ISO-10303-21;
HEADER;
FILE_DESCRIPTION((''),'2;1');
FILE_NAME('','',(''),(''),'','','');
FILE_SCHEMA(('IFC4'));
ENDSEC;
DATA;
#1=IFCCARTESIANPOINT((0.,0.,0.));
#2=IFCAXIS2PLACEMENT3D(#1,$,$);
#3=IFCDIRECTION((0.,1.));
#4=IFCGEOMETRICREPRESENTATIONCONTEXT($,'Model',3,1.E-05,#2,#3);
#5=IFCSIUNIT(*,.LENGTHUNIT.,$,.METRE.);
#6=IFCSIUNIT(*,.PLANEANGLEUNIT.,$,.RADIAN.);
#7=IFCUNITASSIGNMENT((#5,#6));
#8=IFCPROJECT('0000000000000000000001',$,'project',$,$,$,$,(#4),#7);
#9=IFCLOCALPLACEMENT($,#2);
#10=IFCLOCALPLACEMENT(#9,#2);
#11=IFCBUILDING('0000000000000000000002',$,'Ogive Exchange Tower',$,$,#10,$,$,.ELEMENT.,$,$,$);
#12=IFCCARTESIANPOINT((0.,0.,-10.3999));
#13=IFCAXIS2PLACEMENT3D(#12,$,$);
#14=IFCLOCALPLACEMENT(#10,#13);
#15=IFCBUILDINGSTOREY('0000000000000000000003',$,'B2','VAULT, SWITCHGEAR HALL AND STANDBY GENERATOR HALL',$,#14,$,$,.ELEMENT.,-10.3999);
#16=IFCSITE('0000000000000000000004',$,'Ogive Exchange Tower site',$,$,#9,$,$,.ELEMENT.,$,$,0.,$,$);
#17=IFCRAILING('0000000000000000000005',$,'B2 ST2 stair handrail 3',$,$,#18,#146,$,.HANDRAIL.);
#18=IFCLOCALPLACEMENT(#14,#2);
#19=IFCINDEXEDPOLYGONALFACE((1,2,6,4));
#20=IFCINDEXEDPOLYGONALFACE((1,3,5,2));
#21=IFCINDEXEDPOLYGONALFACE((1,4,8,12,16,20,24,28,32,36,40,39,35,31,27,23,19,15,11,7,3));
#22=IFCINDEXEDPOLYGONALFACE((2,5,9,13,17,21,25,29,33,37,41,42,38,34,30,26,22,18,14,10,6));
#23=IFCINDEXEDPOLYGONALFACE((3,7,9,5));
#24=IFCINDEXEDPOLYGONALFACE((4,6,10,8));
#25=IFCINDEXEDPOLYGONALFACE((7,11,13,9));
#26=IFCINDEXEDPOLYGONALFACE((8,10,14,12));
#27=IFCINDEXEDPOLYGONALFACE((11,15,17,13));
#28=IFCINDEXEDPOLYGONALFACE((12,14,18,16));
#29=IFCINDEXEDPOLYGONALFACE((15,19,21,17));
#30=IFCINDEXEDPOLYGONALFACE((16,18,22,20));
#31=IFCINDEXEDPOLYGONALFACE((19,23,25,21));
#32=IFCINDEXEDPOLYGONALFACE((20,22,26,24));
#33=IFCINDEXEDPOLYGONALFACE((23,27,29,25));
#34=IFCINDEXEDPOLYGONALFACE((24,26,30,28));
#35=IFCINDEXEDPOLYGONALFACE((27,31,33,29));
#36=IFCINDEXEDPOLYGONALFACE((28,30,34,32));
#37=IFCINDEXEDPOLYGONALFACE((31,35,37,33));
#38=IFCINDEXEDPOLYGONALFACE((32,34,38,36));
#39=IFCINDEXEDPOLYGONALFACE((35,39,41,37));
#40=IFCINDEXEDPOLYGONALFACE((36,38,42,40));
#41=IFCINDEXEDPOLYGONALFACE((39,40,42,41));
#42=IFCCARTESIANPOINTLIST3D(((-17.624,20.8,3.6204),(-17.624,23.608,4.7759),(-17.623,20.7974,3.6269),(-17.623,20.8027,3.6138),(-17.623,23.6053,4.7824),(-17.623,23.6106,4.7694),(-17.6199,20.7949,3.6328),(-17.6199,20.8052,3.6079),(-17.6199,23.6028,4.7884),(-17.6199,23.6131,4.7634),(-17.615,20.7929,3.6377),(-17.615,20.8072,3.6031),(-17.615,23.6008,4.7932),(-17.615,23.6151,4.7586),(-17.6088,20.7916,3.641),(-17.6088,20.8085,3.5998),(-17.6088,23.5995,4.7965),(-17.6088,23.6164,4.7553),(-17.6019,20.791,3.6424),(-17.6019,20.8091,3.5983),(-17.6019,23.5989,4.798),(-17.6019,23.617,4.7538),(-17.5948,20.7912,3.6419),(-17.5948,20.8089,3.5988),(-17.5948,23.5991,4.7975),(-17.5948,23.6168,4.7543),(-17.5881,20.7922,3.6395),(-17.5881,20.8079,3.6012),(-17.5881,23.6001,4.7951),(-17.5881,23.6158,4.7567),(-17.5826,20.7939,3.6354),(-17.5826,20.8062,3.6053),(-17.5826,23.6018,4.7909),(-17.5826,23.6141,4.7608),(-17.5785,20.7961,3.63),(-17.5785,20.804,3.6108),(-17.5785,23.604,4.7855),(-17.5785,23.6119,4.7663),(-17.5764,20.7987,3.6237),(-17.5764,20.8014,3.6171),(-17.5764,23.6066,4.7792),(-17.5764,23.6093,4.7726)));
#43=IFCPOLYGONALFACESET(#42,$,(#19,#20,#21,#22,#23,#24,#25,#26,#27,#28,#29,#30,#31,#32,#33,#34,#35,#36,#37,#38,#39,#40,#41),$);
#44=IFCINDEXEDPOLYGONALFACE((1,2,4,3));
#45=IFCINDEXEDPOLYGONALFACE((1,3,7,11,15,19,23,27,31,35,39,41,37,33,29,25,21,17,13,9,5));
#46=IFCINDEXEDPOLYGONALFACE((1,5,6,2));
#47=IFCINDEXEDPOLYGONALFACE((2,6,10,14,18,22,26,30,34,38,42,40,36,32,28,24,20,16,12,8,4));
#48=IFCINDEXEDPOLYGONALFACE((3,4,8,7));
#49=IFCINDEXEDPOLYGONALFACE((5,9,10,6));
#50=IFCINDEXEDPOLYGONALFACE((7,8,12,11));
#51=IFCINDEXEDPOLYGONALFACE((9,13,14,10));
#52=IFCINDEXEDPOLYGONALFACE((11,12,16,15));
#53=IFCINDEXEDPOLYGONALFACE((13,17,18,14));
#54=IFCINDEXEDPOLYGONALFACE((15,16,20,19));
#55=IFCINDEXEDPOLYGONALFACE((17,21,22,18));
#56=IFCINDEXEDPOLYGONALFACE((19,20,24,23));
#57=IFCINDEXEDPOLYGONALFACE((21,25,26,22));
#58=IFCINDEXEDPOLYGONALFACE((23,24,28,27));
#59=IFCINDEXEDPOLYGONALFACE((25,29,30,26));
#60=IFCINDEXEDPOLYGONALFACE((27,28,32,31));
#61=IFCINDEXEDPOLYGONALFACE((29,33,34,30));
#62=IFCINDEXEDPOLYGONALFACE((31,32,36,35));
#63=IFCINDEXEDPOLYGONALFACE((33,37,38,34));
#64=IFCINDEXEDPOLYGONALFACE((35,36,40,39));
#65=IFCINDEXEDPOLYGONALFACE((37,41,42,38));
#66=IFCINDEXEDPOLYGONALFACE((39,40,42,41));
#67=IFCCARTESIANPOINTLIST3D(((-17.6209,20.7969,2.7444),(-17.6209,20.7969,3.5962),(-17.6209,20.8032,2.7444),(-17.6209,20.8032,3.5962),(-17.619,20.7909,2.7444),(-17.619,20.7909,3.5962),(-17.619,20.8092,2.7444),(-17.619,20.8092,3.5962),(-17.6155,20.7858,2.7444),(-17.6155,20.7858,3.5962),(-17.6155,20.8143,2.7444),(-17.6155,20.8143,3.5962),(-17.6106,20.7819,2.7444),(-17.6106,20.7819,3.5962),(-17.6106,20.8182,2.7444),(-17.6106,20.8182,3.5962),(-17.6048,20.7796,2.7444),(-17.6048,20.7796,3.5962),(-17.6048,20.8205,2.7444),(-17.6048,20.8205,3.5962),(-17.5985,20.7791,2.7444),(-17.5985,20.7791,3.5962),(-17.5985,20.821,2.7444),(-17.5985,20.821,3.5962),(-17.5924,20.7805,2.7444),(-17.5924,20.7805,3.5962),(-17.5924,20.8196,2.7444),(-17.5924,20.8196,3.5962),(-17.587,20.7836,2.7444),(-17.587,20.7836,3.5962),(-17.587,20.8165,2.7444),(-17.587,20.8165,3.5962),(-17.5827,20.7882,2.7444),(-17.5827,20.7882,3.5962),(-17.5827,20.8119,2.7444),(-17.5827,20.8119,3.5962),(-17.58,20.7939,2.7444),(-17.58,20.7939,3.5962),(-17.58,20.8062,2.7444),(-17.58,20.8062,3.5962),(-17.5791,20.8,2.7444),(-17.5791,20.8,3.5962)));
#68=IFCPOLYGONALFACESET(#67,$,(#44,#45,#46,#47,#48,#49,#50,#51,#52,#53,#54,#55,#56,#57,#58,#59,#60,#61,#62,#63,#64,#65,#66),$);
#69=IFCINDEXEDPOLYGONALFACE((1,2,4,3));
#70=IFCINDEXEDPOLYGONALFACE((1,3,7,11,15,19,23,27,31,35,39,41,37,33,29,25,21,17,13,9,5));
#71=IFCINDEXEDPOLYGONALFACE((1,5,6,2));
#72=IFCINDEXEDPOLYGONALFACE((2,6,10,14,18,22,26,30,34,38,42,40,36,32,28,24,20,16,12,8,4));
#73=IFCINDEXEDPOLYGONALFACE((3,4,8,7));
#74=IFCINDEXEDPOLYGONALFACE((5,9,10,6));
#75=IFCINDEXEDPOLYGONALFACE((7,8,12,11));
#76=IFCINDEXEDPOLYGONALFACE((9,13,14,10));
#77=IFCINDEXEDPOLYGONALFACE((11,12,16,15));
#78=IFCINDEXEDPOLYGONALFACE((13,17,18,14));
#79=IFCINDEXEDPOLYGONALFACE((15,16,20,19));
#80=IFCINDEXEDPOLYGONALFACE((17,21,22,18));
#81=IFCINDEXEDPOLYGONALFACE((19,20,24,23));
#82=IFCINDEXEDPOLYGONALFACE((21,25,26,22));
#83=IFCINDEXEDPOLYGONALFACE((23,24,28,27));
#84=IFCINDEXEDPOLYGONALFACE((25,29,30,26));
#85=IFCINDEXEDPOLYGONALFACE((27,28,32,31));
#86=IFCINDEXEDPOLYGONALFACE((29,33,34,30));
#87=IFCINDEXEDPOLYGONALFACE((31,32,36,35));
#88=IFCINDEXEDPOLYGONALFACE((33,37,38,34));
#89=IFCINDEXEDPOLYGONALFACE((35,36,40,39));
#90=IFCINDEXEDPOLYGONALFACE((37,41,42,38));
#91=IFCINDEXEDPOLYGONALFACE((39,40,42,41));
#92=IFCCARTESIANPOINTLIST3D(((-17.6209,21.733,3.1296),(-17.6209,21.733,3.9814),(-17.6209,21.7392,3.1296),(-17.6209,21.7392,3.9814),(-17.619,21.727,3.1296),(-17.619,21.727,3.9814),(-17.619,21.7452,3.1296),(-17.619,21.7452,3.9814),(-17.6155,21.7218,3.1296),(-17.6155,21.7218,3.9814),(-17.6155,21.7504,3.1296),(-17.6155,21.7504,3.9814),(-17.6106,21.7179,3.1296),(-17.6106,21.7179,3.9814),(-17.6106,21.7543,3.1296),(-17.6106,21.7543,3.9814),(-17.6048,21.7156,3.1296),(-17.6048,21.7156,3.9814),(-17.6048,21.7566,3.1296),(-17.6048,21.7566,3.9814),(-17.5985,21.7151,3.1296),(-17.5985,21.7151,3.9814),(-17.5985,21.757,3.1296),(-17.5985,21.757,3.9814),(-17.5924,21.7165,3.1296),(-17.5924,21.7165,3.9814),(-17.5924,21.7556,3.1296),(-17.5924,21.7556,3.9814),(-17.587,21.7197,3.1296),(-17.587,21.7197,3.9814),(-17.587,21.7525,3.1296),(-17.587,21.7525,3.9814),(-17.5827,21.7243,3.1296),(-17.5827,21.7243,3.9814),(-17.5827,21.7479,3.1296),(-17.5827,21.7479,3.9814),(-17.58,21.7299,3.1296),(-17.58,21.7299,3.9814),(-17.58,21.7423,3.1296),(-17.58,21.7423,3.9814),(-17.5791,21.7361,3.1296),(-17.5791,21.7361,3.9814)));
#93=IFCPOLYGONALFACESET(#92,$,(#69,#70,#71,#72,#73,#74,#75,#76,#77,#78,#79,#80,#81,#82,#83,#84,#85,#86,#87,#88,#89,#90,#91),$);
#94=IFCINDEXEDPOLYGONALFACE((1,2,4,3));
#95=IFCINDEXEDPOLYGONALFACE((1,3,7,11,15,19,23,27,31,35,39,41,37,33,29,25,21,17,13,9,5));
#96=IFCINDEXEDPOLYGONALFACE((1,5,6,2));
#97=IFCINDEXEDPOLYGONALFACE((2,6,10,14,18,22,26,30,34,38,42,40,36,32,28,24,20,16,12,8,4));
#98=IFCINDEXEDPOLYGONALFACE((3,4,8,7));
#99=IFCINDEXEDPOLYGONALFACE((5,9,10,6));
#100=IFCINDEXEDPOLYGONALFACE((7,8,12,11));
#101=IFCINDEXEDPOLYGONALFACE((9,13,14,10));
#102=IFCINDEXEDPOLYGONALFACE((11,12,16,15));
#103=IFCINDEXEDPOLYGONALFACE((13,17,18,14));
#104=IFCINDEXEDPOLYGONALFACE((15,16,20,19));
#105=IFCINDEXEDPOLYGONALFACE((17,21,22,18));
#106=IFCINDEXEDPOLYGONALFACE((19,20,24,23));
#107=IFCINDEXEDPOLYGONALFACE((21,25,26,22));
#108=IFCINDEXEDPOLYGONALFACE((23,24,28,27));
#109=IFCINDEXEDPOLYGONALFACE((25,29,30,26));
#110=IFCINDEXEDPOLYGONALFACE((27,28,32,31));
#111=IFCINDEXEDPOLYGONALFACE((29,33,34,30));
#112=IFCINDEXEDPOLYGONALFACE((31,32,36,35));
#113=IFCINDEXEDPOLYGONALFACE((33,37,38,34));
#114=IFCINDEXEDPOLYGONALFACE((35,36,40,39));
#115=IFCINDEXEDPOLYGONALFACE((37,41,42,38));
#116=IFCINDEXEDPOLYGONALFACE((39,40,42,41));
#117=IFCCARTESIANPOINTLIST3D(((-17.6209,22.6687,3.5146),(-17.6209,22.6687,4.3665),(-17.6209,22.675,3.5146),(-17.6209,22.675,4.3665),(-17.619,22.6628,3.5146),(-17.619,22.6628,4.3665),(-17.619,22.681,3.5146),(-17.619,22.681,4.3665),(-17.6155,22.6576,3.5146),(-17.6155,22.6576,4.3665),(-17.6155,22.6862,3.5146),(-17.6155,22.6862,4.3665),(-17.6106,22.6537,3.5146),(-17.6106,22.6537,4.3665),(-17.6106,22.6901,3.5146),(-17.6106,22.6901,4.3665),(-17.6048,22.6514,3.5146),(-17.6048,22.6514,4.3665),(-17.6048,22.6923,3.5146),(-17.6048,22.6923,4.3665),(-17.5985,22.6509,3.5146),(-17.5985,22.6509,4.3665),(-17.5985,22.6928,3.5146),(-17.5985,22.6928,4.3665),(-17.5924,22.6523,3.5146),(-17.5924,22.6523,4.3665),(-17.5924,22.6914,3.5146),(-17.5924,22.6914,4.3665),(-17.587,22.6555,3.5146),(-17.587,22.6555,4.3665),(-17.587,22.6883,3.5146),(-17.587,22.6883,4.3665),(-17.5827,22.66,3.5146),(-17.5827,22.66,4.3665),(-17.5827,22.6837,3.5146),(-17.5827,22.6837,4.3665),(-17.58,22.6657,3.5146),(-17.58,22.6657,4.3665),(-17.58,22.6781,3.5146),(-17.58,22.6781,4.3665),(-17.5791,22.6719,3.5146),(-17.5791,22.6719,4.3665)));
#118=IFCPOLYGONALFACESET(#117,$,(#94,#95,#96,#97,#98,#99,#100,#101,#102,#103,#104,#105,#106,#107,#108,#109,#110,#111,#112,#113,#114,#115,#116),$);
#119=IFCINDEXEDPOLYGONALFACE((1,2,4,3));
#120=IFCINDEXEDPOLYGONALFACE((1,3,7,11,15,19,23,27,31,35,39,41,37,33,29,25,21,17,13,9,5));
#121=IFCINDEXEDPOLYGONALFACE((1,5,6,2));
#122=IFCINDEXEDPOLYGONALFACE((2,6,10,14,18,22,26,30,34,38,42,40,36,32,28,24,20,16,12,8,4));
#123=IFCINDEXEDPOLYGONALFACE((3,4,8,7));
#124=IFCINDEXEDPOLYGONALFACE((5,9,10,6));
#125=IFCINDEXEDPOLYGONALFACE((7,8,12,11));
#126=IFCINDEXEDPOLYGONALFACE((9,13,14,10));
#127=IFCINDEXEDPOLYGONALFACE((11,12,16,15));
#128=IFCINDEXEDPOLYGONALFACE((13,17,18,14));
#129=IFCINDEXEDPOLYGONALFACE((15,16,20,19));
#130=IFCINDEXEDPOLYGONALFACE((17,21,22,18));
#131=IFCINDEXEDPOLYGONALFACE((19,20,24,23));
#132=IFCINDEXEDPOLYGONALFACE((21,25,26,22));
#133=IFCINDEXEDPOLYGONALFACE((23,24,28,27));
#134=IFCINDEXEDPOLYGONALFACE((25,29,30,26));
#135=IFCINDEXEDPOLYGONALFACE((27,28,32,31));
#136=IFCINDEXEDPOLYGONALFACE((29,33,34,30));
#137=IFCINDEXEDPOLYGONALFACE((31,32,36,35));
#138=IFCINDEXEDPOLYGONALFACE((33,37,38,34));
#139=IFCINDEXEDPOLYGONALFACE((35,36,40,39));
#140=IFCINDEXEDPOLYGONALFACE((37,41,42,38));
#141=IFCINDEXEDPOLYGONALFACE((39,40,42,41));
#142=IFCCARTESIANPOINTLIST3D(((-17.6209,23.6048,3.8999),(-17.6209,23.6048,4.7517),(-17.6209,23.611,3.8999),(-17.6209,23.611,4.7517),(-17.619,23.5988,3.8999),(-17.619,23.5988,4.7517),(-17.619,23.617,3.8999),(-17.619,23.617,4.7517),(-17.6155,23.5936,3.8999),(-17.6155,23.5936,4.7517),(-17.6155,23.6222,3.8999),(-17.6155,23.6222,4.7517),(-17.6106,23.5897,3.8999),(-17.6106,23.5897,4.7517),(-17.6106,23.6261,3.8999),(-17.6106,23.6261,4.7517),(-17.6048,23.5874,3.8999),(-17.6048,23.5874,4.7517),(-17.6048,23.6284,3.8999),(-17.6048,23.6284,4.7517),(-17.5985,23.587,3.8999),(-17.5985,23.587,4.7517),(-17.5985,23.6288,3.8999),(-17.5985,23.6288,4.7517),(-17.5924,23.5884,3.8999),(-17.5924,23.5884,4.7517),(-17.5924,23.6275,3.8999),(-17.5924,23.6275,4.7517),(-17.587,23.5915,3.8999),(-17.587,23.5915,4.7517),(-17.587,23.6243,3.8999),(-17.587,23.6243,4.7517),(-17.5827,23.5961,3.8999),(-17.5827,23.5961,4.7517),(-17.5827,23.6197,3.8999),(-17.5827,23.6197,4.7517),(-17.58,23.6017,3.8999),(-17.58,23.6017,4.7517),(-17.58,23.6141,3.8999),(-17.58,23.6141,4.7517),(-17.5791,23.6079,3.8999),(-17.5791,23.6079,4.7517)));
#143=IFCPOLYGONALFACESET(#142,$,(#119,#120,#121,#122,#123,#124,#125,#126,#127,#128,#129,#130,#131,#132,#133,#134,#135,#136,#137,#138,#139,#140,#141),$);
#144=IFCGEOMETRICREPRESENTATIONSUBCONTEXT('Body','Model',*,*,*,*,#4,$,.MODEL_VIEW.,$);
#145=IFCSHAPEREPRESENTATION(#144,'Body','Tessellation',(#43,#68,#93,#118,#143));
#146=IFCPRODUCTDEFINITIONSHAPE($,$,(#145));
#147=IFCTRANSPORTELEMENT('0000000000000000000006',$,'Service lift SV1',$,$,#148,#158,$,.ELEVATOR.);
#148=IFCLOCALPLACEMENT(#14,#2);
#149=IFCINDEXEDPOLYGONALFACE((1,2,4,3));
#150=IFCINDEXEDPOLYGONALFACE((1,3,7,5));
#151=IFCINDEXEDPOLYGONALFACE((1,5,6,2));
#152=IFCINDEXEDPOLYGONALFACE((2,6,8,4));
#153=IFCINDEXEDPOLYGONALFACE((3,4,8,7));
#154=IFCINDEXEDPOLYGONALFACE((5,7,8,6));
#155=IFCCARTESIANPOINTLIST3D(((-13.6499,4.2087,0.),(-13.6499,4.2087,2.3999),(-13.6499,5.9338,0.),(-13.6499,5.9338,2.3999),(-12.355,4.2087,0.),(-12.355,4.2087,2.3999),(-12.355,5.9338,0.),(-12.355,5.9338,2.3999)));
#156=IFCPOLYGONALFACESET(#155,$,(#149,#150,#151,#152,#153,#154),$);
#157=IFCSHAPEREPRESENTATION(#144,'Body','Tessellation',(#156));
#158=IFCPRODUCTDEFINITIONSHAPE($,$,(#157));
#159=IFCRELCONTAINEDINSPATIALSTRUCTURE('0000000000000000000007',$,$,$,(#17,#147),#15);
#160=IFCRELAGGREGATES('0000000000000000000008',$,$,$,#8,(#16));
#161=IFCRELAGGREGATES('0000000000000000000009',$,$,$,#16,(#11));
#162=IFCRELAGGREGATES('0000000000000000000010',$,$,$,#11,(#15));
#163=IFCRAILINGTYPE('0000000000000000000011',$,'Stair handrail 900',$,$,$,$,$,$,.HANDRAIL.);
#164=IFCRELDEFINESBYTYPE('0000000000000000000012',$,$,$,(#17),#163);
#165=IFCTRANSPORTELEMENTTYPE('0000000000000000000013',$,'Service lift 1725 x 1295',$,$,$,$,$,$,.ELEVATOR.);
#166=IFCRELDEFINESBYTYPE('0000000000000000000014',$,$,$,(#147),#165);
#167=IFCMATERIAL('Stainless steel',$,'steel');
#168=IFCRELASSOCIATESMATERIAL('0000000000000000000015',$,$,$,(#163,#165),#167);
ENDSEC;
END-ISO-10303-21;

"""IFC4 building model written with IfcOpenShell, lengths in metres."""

from ifc_helpers import new_model, si_unit, direction, frame, origin, origin_2d, place, context, subcontext, project, spatial, rectangle, circle, extrude, material, type_object, element, save


model = new_model("IFC4")

# Units and contexts
model_context = context("Model", 3, precision=1e-05, world=origin(), true_north=direction((0.0, 1.0)))
body_context = subcontext(model_context, "Body", "Model", "MODEL_VIEW")
ifc_project = project(units=[si_unit("LENGTHUNIT", "METRE"), si_unit("PLANEANGLEUNIT", "RADIAN")], contexts=[model_context])

# Site, building, storey
site_placement = place(None, origin())
site = spatial("IfcSite", under=ifc_project, at=site_placement, Name="Ogive Exchange Tower site", CompositionType="ELEMENT", RefElevation=0.0)
building_placement = place(site_placement, origin())
building = spatial("IfcBuilding", under=site, at=building_placement, Name="Ogive Exchange Tower", CompositionType="ELEMENT")
storey_placement = place(building_placement, frame((0.0, 0.0, -10.3999)))
storey = spatial("IfcBuildingStorey", under=building, at=storey_placement, Name="B2", Description="VAULT, SWITCHGEAR HALL AND STANDBY GENERATOR HALL", CompositionType="ELEMENT", Elevation=-10.3999)

# Shared definitions
ifc_material_1 = material(Name="Stainless steel", Category="steel")

# Railing
railing_type = type_object("IfcRailingType", Name="Stair handrail 900", PredefinedType="HANDRAIL", material=ifc_material_1)
for number, where, name in (
    (1, (-17.6001, 20.8, 2.7444), "B2 ST2 stair handrail 3"),
):
    element("IfcRailing", number, at=place(storey_placement, frame(where)), inside=storey, type_object=railing_type, Name=name, PredefinedType="HANDRAIL", context=body_context, shape_type="SweptSolid", body=[
        extrude(circle(Radius=0.0239, at=origin_2d()), frame((0.0, 0.0, 0.876), z_axis=(0.0, 0.924755, 0.380564), x_axis=(-1.0, 0.0, 0.0)), (0.0, 0.0, 1.0), 3.0364),
        extrude(circle(Radius=0.021, at=origin_2d()), origin(), (0.0, 0.0, 1.0), 0.8518),
        extrude(circle(Radius=0.021, at=origin_2d()), frame((0.0, 0.936, 0.3853)), (0.0, 0.0, 1.0), 0.8518),
        extrude(circle(Radius=0.021, at=origin_2d()), frame((0.0, 1.8718, 0.7703)), (0.0, 0.0, 1.0), 0.8518),
        extrude(circle(Radius=0.021, at=origin_2d()), frame((0.0, 2.8079, 1.1555)), (0.0, 0.0, 1.0), 0.8518),
    ])

# Transport element
transport_element_type = type_object("IfcTransportElementType", Name="Service lift 1725 x 1295", PredefinedType="ELEVATOR", material=ifc_material_1)
transport_element_placement = place(storey_placement, frame((-13.0024, 5.0713, 0.0), z_axis=(0.0, 0.0, 1.0), x_axis=(1.0, 0.0, 0.0)))
element("IfcTransportElement", 2, at=transport_element_placement, inside=storey, type_object=transport_element_type, Name="Service lift SV1", PredefinedType="ELEVATOR", context=body_context, shape_type="SweptSolid", body=[
    extrude(rectangle(XDim=1.2949, YDim=1.7251, at=origin_2d()), origin(), (0.0, 0.0, 1.0), 2.3999),
])

save(model, "model.ifc")
